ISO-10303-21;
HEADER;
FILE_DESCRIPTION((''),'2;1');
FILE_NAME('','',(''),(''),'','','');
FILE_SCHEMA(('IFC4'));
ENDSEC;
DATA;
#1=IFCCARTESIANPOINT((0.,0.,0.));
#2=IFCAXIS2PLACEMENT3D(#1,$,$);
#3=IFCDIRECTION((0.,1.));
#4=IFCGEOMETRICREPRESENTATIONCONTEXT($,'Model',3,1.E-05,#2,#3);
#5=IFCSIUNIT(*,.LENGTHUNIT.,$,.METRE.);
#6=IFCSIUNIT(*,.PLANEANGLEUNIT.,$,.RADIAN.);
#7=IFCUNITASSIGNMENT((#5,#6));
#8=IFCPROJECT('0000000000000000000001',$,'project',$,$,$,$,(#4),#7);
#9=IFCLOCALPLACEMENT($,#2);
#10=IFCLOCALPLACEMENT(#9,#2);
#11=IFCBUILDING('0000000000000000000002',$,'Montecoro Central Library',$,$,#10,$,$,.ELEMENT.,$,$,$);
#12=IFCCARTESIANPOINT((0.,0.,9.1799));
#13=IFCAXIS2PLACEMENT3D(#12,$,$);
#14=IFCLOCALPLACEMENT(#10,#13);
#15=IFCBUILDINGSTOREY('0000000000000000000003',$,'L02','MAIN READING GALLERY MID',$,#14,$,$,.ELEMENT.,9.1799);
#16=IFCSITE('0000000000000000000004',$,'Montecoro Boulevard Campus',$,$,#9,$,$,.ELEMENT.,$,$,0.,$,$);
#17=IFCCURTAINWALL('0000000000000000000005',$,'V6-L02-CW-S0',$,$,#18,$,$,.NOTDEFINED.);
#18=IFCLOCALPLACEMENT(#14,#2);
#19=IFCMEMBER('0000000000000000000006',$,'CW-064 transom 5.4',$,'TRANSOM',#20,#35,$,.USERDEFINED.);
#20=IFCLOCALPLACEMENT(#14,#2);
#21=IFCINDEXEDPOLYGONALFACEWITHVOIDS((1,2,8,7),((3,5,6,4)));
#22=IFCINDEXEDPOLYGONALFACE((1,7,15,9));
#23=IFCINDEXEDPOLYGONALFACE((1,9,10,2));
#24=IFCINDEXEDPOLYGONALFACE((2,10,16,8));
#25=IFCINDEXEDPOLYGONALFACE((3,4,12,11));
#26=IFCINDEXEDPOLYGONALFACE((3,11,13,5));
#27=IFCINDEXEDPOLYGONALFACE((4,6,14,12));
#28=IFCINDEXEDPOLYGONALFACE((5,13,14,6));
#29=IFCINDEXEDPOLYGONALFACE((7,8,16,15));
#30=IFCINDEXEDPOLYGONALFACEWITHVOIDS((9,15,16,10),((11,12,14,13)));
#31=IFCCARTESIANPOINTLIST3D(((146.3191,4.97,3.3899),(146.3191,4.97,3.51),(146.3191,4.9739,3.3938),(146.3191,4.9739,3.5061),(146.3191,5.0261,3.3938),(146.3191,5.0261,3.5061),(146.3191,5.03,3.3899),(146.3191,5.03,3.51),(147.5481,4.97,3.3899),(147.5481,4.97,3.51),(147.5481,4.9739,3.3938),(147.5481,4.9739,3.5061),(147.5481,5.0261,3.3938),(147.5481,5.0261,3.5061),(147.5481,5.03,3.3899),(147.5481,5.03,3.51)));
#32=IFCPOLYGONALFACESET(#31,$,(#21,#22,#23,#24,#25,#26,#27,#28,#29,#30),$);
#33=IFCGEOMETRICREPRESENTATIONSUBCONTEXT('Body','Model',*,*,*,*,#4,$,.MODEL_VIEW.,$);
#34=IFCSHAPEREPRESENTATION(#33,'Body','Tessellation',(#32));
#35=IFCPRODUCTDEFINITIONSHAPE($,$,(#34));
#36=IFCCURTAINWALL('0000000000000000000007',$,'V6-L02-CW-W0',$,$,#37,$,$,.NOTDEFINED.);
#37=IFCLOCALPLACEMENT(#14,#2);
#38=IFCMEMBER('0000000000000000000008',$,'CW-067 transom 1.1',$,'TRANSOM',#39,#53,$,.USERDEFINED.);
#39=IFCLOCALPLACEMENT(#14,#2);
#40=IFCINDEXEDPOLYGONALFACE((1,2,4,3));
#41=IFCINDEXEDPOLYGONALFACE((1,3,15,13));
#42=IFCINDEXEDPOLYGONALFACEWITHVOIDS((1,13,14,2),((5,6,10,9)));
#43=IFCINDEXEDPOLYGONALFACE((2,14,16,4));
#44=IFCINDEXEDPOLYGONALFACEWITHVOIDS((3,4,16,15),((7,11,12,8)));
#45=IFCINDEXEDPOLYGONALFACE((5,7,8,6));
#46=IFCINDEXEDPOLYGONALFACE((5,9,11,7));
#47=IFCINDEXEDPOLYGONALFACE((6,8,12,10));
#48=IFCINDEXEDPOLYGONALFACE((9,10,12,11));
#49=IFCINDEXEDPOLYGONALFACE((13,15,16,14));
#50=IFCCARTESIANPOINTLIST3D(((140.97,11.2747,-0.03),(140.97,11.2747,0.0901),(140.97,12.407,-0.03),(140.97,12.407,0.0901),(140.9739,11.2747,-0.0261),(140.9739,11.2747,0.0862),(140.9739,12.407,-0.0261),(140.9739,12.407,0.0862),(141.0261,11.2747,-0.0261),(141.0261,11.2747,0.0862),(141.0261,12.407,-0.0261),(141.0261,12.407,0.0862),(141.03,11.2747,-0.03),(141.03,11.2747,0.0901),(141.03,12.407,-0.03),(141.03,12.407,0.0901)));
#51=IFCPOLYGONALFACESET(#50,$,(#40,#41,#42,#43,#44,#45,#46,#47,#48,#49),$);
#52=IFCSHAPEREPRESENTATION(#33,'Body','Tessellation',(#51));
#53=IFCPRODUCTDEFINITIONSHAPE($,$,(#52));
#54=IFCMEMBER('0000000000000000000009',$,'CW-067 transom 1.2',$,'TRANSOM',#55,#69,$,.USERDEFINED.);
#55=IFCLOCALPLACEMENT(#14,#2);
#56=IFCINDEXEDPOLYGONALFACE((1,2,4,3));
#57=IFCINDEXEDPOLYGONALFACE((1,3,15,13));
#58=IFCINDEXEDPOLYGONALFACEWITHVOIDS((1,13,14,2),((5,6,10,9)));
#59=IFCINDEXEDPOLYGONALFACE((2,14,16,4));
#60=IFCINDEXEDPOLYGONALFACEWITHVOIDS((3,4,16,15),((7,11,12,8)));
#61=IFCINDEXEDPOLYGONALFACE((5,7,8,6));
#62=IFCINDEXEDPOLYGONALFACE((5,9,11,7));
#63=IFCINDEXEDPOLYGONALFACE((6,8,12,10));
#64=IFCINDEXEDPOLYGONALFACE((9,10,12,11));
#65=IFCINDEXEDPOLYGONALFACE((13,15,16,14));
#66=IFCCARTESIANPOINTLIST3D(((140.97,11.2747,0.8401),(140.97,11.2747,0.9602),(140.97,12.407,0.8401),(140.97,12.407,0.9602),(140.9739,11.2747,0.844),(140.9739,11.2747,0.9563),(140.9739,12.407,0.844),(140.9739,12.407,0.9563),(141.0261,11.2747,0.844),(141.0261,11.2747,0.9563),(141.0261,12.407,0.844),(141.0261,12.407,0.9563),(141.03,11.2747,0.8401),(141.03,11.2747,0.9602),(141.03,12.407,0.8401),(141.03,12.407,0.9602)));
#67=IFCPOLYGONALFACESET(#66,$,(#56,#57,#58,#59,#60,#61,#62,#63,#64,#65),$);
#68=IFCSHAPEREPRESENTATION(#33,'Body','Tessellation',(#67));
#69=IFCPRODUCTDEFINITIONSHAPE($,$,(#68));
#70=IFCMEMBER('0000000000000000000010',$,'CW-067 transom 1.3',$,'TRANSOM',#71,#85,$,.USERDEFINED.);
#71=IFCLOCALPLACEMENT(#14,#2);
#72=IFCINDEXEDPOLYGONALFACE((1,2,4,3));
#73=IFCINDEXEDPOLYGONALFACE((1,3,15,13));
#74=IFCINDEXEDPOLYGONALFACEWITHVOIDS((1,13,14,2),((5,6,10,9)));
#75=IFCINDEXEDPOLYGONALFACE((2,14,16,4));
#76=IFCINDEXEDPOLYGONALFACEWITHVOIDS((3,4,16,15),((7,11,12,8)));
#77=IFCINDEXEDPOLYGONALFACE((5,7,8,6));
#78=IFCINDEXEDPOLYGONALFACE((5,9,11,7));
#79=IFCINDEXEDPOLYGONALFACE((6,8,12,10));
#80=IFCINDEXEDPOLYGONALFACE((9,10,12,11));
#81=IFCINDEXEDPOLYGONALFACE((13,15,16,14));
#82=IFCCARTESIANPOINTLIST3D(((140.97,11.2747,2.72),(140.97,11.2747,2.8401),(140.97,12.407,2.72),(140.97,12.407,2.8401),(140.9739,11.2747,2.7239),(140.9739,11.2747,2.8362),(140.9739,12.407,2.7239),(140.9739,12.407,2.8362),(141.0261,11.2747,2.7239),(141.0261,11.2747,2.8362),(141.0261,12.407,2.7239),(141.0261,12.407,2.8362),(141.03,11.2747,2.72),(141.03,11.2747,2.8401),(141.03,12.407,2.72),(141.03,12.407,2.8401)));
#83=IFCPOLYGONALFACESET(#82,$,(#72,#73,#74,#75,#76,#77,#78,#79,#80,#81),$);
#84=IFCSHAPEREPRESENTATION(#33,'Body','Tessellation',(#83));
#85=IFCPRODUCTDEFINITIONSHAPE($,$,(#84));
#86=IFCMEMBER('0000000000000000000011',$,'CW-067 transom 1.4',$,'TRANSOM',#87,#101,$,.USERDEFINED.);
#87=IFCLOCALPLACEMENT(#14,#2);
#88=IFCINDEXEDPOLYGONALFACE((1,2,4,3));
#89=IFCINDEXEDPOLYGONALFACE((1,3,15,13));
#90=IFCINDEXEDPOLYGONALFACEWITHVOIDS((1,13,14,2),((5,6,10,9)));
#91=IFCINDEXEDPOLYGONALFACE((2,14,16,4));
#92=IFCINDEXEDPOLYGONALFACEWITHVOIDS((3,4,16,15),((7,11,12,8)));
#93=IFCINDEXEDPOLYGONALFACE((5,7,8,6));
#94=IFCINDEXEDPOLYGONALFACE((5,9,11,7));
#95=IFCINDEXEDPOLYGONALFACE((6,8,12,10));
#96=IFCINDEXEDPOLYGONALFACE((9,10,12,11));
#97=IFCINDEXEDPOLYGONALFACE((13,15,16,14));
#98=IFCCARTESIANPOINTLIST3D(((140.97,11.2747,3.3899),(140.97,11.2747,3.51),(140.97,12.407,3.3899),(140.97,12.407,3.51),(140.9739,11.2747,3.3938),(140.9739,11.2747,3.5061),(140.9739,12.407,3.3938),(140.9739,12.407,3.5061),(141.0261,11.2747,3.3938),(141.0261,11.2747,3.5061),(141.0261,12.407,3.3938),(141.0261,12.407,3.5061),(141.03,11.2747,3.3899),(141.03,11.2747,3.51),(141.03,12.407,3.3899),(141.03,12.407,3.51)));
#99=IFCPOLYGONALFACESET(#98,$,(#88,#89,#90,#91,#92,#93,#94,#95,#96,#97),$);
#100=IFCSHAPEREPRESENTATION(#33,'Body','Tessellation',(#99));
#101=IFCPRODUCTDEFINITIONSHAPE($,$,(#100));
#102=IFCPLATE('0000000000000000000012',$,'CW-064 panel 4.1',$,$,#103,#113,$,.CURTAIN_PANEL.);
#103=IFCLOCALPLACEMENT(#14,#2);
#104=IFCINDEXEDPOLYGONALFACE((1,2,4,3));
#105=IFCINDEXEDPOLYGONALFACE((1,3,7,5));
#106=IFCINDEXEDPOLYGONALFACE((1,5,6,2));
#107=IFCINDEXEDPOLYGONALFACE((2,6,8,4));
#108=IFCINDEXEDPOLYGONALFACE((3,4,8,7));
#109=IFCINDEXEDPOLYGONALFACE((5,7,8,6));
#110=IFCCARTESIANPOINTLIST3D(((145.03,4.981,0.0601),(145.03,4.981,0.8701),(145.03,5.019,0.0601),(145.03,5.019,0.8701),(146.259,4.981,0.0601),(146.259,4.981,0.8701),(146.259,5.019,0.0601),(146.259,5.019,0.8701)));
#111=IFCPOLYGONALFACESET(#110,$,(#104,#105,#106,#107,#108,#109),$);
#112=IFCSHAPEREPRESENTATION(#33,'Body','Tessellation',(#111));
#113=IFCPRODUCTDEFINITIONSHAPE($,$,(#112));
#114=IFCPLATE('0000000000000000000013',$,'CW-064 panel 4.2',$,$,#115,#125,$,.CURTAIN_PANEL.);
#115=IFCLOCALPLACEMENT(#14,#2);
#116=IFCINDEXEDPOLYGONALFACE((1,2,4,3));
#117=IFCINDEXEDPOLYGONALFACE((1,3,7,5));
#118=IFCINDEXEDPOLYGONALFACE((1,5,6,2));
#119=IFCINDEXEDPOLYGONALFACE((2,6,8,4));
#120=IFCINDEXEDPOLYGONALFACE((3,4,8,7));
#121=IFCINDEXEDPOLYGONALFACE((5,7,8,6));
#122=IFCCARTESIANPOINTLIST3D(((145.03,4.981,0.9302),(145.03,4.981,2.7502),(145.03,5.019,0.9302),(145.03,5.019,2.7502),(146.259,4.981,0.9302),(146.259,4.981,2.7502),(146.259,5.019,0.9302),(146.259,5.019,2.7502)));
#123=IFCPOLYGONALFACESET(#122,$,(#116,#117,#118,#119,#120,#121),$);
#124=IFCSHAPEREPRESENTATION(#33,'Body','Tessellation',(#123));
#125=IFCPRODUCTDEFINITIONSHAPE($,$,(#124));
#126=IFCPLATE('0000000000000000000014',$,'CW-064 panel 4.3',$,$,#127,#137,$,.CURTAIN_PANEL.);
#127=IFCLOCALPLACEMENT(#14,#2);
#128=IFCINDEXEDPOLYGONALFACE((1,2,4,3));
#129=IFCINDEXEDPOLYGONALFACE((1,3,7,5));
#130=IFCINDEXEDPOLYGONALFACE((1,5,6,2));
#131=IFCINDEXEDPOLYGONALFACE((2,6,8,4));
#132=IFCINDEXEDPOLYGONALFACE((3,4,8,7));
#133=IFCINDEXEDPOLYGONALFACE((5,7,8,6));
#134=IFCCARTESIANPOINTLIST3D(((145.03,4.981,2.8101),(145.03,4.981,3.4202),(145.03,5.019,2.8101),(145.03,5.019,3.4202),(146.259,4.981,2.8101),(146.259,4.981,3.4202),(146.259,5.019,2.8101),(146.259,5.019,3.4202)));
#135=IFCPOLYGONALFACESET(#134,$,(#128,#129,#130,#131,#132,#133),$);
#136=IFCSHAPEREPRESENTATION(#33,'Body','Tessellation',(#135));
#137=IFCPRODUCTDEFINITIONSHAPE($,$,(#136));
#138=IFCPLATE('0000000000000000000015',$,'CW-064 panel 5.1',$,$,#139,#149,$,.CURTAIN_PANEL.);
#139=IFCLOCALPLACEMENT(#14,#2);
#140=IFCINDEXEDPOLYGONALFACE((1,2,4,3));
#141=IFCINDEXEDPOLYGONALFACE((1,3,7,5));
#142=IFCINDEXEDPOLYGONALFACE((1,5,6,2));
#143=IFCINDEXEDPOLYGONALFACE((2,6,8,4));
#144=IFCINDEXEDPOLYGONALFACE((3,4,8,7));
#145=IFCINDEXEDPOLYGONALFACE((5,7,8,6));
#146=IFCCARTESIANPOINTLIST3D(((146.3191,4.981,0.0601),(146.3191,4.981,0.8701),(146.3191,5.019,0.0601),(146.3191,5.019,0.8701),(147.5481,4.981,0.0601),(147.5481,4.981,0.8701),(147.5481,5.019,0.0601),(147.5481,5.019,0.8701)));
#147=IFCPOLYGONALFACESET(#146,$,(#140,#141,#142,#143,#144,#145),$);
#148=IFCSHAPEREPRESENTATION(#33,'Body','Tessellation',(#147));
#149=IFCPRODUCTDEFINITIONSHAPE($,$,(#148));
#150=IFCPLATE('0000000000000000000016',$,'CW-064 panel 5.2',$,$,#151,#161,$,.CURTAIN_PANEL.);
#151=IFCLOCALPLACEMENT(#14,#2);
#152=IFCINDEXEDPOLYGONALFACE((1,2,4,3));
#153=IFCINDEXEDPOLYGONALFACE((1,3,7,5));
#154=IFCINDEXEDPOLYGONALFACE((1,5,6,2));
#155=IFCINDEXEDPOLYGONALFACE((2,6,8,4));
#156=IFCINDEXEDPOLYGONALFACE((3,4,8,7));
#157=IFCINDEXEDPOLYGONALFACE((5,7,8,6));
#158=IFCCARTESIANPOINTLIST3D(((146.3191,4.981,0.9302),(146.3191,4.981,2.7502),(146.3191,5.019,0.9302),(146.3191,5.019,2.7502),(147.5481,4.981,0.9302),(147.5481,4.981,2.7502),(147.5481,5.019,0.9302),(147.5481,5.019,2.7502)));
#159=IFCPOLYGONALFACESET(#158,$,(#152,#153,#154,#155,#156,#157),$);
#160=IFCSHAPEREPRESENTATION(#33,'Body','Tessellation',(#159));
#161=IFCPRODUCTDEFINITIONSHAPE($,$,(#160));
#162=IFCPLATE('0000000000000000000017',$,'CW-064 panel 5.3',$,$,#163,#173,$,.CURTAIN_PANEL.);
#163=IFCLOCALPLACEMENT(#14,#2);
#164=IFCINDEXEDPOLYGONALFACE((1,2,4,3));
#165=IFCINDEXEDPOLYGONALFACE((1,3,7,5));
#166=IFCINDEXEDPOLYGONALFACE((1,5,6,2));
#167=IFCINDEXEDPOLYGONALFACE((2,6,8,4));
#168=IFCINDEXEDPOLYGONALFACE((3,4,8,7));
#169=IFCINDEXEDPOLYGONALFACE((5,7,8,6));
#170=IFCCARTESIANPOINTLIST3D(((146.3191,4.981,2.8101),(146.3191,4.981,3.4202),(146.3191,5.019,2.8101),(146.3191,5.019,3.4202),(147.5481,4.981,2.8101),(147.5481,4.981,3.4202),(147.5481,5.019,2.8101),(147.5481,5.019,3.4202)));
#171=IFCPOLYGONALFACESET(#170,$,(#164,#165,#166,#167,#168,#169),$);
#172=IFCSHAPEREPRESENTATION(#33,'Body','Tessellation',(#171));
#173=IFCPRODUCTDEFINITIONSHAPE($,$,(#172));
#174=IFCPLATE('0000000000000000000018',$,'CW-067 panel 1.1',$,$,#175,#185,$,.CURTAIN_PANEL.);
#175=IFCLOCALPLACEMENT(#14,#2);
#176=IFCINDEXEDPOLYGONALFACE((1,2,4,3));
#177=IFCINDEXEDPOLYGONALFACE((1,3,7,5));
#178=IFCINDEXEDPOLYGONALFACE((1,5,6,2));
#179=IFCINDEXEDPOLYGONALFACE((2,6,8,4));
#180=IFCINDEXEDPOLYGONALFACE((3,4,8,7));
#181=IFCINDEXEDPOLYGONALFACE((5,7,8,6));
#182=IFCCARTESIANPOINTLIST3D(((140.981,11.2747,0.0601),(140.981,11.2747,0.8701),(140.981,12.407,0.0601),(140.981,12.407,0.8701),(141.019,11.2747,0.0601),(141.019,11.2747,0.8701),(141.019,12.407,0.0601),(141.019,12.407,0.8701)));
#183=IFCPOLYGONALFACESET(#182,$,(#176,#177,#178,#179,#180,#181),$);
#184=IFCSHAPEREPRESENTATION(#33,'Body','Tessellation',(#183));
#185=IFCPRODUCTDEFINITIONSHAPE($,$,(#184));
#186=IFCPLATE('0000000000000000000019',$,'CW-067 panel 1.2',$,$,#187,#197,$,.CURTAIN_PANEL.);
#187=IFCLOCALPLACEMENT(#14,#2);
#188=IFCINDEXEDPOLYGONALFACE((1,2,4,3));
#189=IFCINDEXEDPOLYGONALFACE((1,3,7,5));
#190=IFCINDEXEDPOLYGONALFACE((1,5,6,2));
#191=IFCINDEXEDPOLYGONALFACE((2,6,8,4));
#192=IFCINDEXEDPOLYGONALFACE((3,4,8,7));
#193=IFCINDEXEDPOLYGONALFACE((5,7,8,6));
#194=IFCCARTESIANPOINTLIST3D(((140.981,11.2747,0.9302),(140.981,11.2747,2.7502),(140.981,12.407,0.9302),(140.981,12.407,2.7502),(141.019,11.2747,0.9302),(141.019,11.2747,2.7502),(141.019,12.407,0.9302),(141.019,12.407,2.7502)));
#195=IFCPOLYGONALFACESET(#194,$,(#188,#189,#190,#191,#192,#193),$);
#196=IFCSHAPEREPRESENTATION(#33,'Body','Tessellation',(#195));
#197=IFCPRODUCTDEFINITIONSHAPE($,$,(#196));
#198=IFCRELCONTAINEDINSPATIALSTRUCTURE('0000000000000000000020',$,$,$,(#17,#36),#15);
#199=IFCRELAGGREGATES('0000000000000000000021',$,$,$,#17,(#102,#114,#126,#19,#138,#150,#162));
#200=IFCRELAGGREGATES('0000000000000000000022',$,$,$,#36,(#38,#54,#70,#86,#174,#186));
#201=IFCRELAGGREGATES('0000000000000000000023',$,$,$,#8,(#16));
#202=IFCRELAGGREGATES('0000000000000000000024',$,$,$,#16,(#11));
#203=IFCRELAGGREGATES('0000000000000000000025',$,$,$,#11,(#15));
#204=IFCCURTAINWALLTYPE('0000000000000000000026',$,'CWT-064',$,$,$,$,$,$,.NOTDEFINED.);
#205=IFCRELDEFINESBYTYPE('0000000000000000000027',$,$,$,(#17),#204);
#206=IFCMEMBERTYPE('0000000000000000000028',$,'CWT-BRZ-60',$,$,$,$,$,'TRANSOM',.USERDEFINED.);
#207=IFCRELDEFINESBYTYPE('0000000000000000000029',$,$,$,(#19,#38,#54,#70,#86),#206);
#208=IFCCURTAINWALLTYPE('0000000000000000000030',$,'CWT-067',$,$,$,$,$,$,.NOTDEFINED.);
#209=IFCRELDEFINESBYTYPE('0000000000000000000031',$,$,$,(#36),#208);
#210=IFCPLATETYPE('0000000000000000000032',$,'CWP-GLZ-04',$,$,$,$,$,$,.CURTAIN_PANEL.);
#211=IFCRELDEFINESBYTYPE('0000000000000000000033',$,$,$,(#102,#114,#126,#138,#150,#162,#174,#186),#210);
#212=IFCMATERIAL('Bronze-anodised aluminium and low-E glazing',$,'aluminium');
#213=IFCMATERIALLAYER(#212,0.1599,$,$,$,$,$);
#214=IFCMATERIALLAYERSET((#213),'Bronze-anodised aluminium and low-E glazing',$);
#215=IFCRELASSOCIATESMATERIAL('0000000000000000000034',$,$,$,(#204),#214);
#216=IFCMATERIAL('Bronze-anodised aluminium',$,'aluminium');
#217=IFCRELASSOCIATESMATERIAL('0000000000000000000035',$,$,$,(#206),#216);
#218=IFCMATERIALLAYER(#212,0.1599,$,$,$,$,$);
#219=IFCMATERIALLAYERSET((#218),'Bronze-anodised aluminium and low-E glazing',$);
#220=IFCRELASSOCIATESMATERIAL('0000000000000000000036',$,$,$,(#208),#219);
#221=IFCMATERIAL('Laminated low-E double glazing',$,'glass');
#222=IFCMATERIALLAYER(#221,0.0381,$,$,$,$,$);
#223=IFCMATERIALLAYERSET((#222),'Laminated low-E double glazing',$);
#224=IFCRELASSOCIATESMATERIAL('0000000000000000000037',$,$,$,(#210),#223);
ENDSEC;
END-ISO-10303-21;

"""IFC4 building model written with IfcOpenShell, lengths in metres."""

from ifc_helpers import new_model, si_unit, direction, frame, origin, origin_2d, place, context, subcontext, project, spatial, rectangle, hollow_rectangle, extrude, material, layer, layer_set, material_profile, profile_set, type_object, element, aggregate, save


model = new_model("IFC4")

# Units and contexts
model_context = context("Model", 3, precision=1e-05, world=origin(), true_north=direction((0.0, 1.0)))
body_context = subcontext(model_context, "Body", "Model", "MODEL_VIEW")
ifc_project = project(units=[si_unit("LENGTHUNIT", "METRE"), si_unit("PLANEANGLEUNIT", "RADIAN")], contexts=[model_context])

# Site, building, storey
site_placement = place(None, origin())
site = spatial("IfcSite", under=ifc_project, at=site_placement, Name="Montecoro Boulevard Campus", CompositionType="ELEMENT", RefElevation=0.0)
building_placement = place(site_placement, origin())
building = spatial("IfcBuilding", under=site, at=building_placement, Name="Montecoro Central Library", CompositionType="ELEMENT")
storey_placement = place(building_placement, frame((0.0, 0.0, 9.1799)))
storey = spatial("IfcBuildingStorey", under=building, at=storey_placement, Name="L02", Description="MAIN READING GALLERY MID", CompositionType="ELEMENT", Elevation=9.1799)

# Curtain walls, members
ifc_material_1 = material(Name="Bronze-anodised aluminium and low-E glazing", Category="aluminium")
ifc_layer_1 = layer(ifc_material_1, 0.1599)
ifc_layer_set_1 = layer_set([ifc_layer_1], Name="Bronze-anodised aluminium and low-E glazing")
curtain_wall_type_1 = type_object("IfcCurtainWallType", Name="CWT-064", PredefinedType="NOTDEFINED", material=ifc_layer_set_1)
curtain_wall_1_placement = place(storey_placement, origin())
curtain_wall_1 = element("IfcCurtainWall", 1, at=curtain_wall_1_placement, inside=storey, type_object=curtain_wall_type_1, Name="V6-L02-CW-S0", PredefinedType="NOTDEFINED")
ifc_material_2 = material(Name="Bronze-anodised aluminium", Category="aluminium")
ifc_material_profile_1 = material_profile(ifc_material_2, hollow_rectangle(XDim=0.0601, YDim=0.1201, WallThickness=0.0039, at=origin_2d()), Name="CWT 120x60x4.0")
ifc_profile_set_1 = profile_set([ifc_material_profile_1], Name="Bronze-anodised aluminium")
member_type_1 = type_object("IfcMemberType", Name="CWT-BRZ-60", ElementType="TRANSOM", PredefinedType="USERDEFINED", material=ifc_profile_set_1)
member_1_placement = place(storey_placement, frame((146.3191, 5.0, 3.45), z_axis=(1.0, 0.0, 0.0), x_axis=(0.0, 1.0, 0.0)))
member_1 = element("IfcMember", 2, at=member_1_placement, type_object=member_type_1, Name="CW-064 transom 5.4", ObjectType="TRANSOM", PredefinedType="USERDEFINED", context=body_context, shape_type="SweptSolid", body=[
    extrude(hollow_rectangle(XDim=0.0601, YDim=0.1201, WallThickness=0.0039, at=origin_2d()), origin(), (0.0, 0.0, 1.0), 1.229),
])
ifc_layer_2 = layer(ifc_material_1, 0.1599)
ifc_layer_set_2 = layer_set([ifc_layer_2], Name="Bronze-anodised aluminium and low-E glazing")
curtain_wall_type_2 = type_object("IfcCurtainWallType", Name="CWT-067", PredefinedType="NOTDEFINED", material=ifc_layer_set_2)
curtain_wall_2_placement = place(storey_placement, origin())
curtain_wall_2 = element("IfcCurtainWall", 3, at=curtain_wall_2_placement, inside=storey, type_object=curtain_wall_type_2, Name="V6-L02-CW-W0", PredefinedType="NOTDEFINED")
member_2_placement = place(storey_placement, frame((141.0, 12.407, 0.03), z_axis=(0.0, -1.0, 0.0), x_axis=(1.0, 0.0, 0.0)))
member_2 = element("IfcMember", 4, at=member_2_placement, type_object=member_type_1, Name="CW-067 transom 1.1", ObjectType="TRANSOM", PredefinedType="USERDEFINED", context=body_context, shape_type="SweptSolid", body=[
    extrude(hollow_rectangle(XDim=0.0601, YDim=0.1201, WallThickness=0.0039, at=origin_2d()), origin(), (0.0, 0.0, 1.0), 1.1323),
])
member_3_placement = place(storey_placement, frame((141.0, 12.407, 0.9001), z_axis=(0.0, -1.0, 0.0), x_axis=(1.0, 0.0, 0.0)))
member_3 = element("IfcMember", 5, at=member_3_placement, type_object=member_type_1, Name="CW-067 transom 1.2", ObjectType="TRANSOM", PredefinedType="USERDEFINED", context=body_context, shape_type="SweptSolid", body=[
    extrude(hollow_rectangle(XDim=0.0601, YDim=0.1201, WallThickness=0.0039, at=origin_2d()), origin(), (0.0, 0.0, 1.0), 1.1323),
])
member_4_placement = place(storey_placement, frame((141.0, 12.407, 2.78), z_axis=(0.0, -1.0, 0.0), x_axis=(1.0, 0.0, 0.0)))
member_4 = element("IfcMember", 6, at=member_4_placement, type_object=member_type_1, Name="CW-067 transom 1.3", ObjectType="TRANSOM", PredefinedType="USERDEFINED", context=body_context, shape_type="SweptSolid", body=[
    extrude(hollow_rectangle(XDim=0.0601, YDim=0.1201, WallThickness=0.0039, at=origin_2d()), origin(), (0.0, 0.0, 1.0), 1.1323),
])
member_5_placement = place(storey_placement, frame((141.0, 12.407, 3.45), z_axis=(0.0, -1.0, 0.0), x_axis=(1.0, 0.0, 0.0)))
member_5 = element("IfcMember", 7, at=member_5_placement, type_object=member_type_1, Name="CW-067 transom 1.4", ObjectType="TRANSOM", PredefinedType="USERDEFINED", context=body_context, shape_type="SweptSolid", body=[
    extrude(hollow_rectangle(XDim=0.0601, YDim=0.1201, WallThickness=0.0039, at=origin_2d()), origin(), (0.0, 0.0, 1.0), 1.1323),
])

# Plates
ifc_material_3 = material(Name="Laminated low-E double glazing", Category="glass")
ifc_layer_3 = layer(ifc_material_3, 0.0381)
ifc_layer_set_3 = layer_set([ifc_layer_3], Name="Laminated low-E double glazing")
plate_type = type_object("IfcPlateType", Name="CWP-GLZ-04", PredefinedType="CURTAIN_PANEL", material=ifc_layer_set_3)
plate_1_placement = place(storey_placement, frame((145.6445, 5.0, 0.0601), z_axis=(0.0, 0.0, 1.0), x_axis=(1.0, 0.0, 0.0)))
plate_1 = element("IfcPlate", 8, at=plate_1_placement, type_object=plate_type, Name="CW-064 panel 4.1", PredefinedType="CURTAIN_PANEL", context=body_context, shape_type="SweptSolid", body=[
    extrude(rectangle(XDim=1.229, YDim=0.0381, at=origin_2d()), origin(), (0.0, 0.0, 1.0), 0.8101),
])
plate_2_placement = place(storey_placement, frame((145.6445, 5.0, 0.9302), z_axis=(0.0, 0.0, 1.0), x_axis=(1.0, 0.0, 0.0)))
plate_2 = element("IfcPlate", 9, at=plate_2_placement, type_object=plate_type, Name="CW-064 panel 4.2", PredefinedType="CURTAIN_PANEL", context=body_context, shape_type="SweptSolid", body=[
    extrude(rectangle(XDim=1.229, YDim=0.0381, at=origin_2d()), origin(), (0.0, 0.0, 1.0), 1.8201),
])
plate_3_placement = place(storey_placement, frame((145.6445, 5.0, 2.8101), z_axis=(0.0, 0.0, 1.0), x_axis=(1.0, 0.0, 0.0)))
plate_3 = element("IfcPlate", 10, at=plate_3_placement, type_object=plate_type, Name="CW-064 panel 4.3", PredefinedType="CURTAIN_PANEL", context=body_context, shape_type="SweptSolid", body=[
    extrude(rectangle(XDim=1.229, YDim=0.0381, at=origin_2d()), origin(), (0.0, 0.0, 1.0), 0.6101),
])
plate_4_placement = place(storey_placement, frame((146.9336, 5.0, 0.0601), z_axis=(0.0, 0.0, 1.0), x_axis=(1.0, 0.0, 0.0)))
plate_4 = element("IfcPlate", 11, at=plate_4_placement, type_object=plate_type, Name="CW-064 panel 5.1", PredefinedType="CURTAIN_PANEL", context=body_context, shape_type="SweptSolid", body=[
    extrude(rectangle(XDim=1.229, YDim=0.0381, at=origin_2d()), origin(), (0.0, 0.0, 1.0), 0.8101),
])
plate_5_placement = place(storey_placement, frame((146.9336, 5.0, 0.9302), z_axis=(0.0, 0.0, 1.0), x_axis=(1.0, 0.0, 0.0)))
plate_5 = element("IfcPlate", 12, at=plate_5_placement, type_object=plate_type, Name="CW-064 panel 5.2", PredefinedType="CURTAIN_PANEL", context=body_context, shape_type="SweptSolid", body=[
    extrude(rectangle(XDim=1.229, YDim=0.0381, at=origin_2d()), origin(), (0.0, 0.0, 1.0), 1.8201),
])
plate_6_placement = place(storey_placement, frame((146.9336, 5.0, 2.8101), z_axis=(0.0, 0.0, 1.0), x_axis=(1.0, 0.0, 0.0)))
plate_6 = element("IfcPlate", 13, at=plate_6_placement, type_object=plate_type, Name="CW-064 panel 5.3", PredefinedType="CURTAIN_PANEL", context=body_context, shape_type="SweptSolid", body=[
    extrude(rectangle(XDim=1.229, YDim=0.0381, at=origin_2d()), origin(), (0.0, 0.0, 1.0), 0.6101),
])
aggregate(curtain_wall_1, [plate_1, plate_2, plate_3, member_1, plate_4, plate_5, plate_6])
plate_7_placement = place(storey_placement, frame((141.0, 11.8408, 0.0601), z_axis=(0.0, 0.0, 1.0), x_axis=(0.0, -1.0, 0.0)))
plate_7 = element("IfcPlate", 14, at=plate_7_placement, type_object=plate_type, Name="CW-067 panel 1.1", PredefinedType="CURTAIN_PANEL", context=body_context, shape_type="SweptSolid", body=[
    extrude(rectangle(XDim=1.1323, YDim=0.0381, at=origin_2d()), origin(), (0.0, 0.0, 1.0), 0.8101),
])
plate_8_placement = place(storey_placement, frame((141.0, 11.8408, 0.9302), z_axis=(0.0, 0.0, 1.0), x_axis=(0.0, -1.0, 0.0)))
plate_8 = element("IfcPlate", 15, at=plate_8_placement, type_object=plate_type, Name="CW-067 panel 1.2", PredefinedType="CURTAIN_PANEL", context=body_context, shape_type="SweptSolid", body=[
    extrude(rectangle(XDim=1.1323, YDim=0.0381, at=origin_2d()), origin(), (0.0, 0.0, 1.0), 1.8201),
])
aggregate(curtain_wall_2, [member_2, member_3, member_4, member_5, plate_7, plate_8])

save(model, "model.ifc")
